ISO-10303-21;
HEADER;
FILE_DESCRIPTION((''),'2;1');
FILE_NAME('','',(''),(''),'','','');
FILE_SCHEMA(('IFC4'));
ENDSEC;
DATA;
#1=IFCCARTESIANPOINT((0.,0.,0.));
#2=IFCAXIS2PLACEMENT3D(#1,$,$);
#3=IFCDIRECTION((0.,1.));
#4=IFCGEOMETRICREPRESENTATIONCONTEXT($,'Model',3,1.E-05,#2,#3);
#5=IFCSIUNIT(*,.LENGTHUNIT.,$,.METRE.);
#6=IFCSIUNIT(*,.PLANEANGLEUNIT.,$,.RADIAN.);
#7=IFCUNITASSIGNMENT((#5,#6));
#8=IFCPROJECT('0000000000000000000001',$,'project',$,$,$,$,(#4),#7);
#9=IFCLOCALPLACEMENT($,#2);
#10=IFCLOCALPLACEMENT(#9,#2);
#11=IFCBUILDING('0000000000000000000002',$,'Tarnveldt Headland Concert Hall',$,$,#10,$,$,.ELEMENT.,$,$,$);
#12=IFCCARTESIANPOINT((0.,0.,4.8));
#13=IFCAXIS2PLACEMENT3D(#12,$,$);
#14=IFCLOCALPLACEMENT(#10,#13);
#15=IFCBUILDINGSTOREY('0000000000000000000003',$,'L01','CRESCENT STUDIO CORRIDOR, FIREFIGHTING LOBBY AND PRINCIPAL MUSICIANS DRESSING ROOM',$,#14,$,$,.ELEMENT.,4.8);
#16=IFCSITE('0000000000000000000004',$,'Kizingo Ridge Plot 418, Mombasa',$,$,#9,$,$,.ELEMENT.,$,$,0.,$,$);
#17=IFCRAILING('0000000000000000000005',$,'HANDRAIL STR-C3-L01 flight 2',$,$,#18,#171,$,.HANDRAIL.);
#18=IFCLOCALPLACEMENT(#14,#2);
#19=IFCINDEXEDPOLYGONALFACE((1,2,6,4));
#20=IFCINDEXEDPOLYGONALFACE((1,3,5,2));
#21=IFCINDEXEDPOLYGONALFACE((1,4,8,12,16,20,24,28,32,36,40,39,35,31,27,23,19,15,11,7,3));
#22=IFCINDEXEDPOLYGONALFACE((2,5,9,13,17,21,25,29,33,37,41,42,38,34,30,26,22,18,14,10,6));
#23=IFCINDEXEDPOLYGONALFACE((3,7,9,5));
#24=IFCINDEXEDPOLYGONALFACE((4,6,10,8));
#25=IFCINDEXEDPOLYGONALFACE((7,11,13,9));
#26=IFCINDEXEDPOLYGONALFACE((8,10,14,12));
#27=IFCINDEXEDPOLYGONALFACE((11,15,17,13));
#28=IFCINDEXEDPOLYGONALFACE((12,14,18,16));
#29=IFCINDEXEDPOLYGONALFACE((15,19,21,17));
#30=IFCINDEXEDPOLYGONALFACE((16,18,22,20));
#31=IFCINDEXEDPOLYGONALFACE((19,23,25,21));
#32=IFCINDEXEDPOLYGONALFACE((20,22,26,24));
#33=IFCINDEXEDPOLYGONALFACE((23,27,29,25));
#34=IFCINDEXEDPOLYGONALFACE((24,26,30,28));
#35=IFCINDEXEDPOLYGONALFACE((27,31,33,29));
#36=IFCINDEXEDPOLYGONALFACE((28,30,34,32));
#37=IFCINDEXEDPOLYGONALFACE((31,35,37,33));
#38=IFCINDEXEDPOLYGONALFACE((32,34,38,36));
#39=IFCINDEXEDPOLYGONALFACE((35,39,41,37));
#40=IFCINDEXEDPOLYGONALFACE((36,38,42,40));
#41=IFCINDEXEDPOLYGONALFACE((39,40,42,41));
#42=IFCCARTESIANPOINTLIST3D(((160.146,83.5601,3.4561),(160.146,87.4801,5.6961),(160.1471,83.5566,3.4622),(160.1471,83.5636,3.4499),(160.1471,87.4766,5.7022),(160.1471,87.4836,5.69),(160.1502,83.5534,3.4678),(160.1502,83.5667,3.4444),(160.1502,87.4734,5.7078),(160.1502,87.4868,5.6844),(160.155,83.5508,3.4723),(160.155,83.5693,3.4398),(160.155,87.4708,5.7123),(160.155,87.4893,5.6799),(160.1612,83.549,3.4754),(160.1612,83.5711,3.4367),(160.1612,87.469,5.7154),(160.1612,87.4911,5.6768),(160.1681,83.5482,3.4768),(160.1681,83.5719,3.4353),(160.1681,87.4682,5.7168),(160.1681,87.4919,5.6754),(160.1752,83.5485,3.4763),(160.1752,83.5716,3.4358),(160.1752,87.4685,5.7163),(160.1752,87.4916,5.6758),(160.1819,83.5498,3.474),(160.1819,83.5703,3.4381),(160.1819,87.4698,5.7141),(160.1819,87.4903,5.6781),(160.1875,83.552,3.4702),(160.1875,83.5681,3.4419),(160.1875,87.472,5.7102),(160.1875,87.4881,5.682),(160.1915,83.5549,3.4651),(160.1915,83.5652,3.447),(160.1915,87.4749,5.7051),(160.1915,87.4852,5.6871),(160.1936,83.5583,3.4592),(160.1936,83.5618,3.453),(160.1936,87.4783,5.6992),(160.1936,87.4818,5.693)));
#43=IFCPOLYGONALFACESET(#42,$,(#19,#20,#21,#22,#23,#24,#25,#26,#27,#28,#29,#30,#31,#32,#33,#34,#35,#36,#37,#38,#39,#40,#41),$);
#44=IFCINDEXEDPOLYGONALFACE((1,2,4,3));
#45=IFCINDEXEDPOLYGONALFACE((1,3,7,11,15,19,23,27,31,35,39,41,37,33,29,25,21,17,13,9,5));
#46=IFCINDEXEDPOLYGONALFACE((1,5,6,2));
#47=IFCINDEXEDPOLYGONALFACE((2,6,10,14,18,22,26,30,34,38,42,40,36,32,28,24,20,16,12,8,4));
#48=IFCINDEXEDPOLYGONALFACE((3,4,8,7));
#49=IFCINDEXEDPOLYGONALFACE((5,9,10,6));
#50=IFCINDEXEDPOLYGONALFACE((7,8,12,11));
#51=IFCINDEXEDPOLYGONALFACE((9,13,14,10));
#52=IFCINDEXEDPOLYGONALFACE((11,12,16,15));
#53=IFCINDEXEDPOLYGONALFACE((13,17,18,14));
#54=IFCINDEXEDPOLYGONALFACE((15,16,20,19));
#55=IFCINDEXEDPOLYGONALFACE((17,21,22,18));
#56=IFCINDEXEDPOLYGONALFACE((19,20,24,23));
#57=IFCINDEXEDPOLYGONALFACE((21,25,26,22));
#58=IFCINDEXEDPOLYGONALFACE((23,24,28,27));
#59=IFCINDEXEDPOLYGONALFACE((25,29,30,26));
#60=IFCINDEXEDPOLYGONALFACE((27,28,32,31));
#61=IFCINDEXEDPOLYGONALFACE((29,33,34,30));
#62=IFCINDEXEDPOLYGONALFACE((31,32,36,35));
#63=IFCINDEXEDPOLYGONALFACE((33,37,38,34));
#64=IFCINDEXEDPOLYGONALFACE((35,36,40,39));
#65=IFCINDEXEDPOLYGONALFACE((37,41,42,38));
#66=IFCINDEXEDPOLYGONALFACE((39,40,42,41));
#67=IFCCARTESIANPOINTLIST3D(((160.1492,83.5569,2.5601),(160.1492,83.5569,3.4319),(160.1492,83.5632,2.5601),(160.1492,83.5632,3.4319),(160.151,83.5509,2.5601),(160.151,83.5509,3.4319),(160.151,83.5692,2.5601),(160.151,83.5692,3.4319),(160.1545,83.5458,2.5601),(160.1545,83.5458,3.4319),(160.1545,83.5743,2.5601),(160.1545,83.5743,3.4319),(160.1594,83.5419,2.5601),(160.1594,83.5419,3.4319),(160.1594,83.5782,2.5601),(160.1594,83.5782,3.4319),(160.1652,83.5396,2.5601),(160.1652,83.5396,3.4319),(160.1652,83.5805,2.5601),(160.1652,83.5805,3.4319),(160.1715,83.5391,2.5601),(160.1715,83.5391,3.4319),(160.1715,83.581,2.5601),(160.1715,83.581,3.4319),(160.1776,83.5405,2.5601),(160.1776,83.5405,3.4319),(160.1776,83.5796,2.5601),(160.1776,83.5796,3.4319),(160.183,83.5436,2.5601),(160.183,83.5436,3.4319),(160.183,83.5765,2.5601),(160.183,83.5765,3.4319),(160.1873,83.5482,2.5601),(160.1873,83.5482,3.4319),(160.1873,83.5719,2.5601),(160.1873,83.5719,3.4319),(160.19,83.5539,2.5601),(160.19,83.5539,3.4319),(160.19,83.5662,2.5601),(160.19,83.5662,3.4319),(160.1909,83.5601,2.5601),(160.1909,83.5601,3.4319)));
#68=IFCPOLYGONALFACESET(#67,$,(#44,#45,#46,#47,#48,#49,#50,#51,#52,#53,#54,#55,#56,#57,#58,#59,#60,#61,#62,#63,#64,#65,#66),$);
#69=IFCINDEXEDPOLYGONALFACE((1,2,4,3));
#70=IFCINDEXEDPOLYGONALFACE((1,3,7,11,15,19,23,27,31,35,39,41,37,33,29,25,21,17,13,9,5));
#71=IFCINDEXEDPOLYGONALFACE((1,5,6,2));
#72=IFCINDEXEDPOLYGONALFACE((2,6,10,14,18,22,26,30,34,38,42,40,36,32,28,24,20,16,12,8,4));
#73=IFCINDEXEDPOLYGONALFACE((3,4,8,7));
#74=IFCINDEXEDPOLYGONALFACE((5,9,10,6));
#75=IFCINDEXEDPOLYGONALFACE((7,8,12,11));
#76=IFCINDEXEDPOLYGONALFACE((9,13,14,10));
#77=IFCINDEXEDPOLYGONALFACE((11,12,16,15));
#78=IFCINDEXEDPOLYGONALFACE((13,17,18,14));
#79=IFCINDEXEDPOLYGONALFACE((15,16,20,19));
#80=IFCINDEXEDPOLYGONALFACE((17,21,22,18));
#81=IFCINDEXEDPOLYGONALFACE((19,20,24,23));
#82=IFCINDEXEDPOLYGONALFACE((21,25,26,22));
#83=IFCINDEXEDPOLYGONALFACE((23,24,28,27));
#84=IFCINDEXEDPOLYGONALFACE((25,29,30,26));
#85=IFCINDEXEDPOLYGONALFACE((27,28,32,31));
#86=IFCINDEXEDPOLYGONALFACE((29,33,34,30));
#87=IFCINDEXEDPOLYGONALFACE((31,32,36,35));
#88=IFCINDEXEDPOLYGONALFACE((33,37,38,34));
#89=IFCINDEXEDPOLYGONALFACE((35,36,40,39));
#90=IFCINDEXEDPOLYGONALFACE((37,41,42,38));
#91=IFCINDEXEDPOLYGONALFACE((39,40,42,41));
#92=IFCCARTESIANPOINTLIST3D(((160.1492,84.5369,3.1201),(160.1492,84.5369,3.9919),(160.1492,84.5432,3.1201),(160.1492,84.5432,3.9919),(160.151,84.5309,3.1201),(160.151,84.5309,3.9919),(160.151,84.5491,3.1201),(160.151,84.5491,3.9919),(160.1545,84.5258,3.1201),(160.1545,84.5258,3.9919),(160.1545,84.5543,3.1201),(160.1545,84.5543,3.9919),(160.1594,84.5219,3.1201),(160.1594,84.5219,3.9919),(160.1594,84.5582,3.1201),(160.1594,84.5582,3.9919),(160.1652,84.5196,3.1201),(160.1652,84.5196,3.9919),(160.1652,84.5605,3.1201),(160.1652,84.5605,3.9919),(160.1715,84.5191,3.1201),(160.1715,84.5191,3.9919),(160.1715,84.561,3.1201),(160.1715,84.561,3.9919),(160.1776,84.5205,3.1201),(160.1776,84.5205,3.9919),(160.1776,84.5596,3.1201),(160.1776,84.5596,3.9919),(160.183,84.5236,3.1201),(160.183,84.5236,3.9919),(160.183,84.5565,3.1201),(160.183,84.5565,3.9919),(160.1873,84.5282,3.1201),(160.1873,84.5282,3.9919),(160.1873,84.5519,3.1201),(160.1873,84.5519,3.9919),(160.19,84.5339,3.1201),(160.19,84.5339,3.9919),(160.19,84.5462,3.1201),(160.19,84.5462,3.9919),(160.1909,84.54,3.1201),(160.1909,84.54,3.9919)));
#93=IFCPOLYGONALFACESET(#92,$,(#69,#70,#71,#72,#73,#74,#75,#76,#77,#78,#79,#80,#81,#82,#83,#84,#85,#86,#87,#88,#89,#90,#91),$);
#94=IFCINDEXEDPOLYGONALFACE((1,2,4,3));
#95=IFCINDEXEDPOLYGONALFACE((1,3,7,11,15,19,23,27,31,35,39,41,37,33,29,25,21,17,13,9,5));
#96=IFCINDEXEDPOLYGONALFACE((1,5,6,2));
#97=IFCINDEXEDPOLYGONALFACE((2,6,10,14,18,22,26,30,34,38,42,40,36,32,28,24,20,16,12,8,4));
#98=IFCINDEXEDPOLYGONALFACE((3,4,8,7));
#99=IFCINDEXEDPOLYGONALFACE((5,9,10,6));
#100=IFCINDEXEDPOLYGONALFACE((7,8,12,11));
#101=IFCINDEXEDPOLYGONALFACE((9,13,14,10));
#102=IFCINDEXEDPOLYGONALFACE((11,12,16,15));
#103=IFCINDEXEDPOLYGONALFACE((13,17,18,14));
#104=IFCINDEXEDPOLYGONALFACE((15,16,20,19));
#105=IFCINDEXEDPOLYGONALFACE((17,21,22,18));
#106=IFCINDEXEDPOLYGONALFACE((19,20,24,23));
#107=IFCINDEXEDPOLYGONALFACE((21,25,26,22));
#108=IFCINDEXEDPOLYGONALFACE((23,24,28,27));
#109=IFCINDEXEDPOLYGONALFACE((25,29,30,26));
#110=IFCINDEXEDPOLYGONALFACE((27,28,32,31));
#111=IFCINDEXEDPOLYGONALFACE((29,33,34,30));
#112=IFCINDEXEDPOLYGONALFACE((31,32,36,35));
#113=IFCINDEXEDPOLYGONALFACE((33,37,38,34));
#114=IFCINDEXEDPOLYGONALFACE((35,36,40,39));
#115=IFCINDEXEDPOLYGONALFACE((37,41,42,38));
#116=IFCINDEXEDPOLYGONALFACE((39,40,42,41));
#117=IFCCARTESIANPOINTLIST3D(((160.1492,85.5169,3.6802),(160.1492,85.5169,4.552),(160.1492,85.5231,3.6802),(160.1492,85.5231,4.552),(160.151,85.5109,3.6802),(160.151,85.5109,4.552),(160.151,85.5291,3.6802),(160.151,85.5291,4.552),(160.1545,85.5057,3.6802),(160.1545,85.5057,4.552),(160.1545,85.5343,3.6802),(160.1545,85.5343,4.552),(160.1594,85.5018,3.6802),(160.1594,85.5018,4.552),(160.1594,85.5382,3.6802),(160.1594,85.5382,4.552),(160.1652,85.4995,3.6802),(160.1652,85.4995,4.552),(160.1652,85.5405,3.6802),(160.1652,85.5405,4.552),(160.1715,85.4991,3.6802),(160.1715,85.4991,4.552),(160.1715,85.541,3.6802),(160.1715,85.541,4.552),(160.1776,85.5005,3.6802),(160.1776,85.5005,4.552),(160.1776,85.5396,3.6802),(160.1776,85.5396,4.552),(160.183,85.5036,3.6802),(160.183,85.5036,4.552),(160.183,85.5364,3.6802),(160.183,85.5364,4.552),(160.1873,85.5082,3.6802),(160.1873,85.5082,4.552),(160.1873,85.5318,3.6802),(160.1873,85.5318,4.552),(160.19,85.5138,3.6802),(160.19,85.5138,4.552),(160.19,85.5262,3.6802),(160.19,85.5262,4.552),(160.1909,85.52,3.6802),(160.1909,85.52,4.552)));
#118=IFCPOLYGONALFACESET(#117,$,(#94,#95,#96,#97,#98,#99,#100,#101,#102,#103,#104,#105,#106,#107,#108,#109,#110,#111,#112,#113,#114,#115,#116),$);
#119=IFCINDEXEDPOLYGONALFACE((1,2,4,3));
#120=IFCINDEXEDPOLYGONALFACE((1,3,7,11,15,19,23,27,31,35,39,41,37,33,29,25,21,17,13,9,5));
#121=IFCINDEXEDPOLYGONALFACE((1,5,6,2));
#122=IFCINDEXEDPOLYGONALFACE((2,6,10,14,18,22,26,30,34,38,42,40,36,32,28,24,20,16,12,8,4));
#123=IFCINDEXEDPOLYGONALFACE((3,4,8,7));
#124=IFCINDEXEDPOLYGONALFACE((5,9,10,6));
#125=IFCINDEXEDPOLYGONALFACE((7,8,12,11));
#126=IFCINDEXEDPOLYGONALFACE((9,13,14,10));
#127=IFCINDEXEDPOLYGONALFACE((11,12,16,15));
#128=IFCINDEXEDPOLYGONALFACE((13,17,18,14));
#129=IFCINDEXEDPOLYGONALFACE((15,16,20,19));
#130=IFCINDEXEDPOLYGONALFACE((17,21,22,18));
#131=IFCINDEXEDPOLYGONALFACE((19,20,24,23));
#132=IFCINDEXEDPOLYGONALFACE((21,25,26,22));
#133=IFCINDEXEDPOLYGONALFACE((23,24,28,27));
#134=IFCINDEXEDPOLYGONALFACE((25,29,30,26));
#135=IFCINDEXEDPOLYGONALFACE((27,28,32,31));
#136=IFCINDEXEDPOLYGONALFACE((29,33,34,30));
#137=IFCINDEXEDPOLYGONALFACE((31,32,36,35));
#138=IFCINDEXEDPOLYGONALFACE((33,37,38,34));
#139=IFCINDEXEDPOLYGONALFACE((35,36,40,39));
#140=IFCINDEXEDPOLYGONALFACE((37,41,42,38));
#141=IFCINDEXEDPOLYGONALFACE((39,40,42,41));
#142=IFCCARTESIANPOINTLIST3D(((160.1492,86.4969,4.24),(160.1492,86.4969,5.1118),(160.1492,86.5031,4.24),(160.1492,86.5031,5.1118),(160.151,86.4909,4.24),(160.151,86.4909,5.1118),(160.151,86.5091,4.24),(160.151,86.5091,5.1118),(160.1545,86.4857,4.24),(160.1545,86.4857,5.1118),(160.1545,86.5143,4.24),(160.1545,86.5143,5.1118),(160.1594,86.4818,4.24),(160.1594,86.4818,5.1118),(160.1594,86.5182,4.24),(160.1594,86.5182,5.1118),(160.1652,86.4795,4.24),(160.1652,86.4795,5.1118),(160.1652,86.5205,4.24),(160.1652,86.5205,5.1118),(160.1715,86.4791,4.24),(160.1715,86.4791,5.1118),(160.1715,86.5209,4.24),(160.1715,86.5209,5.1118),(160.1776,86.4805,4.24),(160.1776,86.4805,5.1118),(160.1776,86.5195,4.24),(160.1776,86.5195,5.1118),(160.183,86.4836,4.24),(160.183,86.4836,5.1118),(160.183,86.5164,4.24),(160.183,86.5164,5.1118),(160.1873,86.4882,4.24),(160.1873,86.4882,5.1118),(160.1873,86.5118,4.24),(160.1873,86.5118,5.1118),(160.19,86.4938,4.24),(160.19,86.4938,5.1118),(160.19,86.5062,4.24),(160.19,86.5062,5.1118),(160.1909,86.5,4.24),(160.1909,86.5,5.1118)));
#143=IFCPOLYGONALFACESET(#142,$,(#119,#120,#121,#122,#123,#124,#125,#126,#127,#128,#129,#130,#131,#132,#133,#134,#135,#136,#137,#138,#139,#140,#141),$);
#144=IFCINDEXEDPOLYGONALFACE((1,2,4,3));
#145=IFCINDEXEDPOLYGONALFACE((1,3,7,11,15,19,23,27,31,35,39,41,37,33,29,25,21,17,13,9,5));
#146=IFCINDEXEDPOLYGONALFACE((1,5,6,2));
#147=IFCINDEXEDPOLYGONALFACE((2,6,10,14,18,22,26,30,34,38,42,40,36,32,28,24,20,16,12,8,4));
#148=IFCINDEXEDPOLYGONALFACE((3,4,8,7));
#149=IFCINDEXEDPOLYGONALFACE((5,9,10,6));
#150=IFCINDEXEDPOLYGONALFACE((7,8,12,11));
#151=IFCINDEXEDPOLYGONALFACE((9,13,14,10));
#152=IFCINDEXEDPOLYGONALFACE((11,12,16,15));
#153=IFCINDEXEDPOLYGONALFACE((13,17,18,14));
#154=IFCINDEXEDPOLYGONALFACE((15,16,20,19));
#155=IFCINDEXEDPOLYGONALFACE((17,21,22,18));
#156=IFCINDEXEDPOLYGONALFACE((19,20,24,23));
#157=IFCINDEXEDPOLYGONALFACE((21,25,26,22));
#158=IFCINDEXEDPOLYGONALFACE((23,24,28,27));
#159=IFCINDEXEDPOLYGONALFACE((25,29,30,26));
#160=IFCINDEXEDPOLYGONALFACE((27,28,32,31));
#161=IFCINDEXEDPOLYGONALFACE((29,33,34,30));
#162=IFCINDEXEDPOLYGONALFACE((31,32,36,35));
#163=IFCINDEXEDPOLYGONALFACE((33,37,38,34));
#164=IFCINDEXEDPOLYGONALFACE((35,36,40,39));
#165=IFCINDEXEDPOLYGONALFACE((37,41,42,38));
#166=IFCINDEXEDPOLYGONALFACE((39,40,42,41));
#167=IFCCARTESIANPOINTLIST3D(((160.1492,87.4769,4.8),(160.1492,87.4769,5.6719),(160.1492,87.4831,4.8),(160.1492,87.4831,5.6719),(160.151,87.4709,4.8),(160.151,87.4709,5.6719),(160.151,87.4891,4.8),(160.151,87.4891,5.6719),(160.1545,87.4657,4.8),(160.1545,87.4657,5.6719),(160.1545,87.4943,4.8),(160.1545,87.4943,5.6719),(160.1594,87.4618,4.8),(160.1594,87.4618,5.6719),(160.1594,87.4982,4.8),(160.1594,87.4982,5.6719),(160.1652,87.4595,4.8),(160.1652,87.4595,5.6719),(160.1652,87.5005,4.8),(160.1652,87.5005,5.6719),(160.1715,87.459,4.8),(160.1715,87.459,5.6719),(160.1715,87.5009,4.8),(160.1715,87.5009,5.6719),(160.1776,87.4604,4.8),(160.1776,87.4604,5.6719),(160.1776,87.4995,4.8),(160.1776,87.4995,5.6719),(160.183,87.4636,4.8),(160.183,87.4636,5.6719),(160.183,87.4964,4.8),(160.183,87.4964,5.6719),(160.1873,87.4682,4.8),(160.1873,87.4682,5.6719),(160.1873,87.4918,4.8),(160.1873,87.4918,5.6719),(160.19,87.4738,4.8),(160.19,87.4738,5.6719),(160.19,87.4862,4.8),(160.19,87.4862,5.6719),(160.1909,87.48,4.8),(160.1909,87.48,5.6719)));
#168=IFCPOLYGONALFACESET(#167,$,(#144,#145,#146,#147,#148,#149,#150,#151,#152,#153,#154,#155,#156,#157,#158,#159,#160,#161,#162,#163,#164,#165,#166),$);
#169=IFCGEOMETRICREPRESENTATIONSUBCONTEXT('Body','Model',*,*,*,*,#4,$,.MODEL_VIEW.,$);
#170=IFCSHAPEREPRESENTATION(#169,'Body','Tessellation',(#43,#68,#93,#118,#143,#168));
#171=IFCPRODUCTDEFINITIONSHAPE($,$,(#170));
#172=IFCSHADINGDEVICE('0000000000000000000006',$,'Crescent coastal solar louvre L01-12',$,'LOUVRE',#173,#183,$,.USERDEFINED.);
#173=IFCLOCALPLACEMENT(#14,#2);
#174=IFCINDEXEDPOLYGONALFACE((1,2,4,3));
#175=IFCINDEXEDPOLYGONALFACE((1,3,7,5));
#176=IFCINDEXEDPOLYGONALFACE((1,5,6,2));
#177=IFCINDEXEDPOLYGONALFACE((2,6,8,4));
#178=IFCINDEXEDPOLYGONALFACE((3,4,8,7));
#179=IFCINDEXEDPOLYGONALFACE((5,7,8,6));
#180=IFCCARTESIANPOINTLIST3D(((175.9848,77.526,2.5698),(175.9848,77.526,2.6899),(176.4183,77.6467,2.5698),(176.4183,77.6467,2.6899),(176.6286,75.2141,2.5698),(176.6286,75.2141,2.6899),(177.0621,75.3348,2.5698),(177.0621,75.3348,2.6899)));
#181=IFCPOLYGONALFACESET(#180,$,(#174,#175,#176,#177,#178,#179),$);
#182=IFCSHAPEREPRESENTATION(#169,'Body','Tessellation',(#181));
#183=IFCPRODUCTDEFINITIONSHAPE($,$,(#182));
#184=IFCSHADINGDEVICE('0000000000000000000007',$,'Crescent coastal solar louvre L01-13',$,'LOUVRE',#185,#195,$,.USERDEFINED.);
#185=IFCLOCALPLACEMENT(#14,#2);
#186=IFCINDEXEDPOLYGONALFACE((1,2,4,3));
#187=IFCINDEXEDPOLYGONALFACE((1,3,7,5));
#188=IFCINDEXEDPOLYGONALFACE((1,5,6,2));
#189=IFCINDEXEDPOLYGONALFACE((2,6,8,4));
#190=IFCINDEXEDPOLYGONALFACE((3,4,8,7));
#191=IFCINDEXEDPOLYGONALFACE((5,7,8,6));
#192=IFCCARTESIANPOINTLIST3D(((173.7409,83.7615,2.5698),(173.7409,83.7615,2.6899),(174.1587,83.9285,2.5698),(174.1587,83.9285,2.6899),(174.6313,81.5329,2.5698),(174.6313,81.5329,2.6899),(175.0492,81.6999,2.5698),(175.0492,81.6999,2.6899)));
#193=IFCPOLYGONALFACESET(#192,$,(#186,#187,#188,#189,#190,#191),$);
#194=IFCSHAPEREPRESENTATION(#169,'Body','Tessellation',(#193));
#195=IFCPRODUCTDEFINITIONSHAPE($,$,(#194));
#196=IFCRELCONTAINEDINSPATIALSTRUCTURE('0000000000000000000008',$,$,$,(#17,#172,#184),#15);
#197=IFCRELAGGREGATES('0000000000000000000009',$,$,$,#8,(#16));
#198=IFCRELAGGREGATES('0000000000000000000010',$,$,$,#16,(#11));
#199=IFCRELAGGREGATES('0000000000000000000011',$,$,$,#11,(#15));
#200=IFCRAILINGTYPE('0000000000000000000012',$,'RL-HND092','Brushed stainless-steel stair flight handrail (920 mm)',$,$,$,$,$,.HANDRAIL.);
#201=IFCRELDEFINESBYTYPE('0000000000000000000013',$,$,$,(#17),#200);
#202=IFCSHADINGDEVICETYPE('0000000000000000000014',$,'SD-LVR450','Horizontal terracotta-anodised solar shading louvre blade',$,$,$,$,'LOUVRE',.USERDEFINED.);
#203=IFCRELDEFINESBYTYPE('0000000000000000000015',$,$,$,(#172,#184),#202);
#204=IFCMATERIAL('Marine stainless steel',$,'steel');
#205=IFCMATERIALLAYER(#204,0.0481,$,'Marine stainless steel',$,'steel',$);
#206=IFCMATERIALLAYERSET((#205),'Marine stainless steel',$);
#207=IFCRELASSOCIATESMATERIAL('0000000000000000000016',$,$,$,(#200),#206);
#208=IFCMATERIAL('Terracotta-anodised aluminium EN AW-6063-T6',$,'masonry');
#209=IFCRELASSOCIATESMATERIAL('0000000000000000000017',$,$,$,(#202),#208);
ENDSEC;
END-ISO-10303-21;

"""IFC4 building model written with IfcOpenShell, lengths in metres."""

from ifc_helpers import new_model, si_unit, direction, frame, origin, origin_2d, place, context, subcontext, project, spatial, rectangle, circle, extrude, material, layer, layer_set, type_object, element, save


model = new_model("IFC4")

# Units and contexts
model_context = context("Model", 3, precision=1e-05, world=origin(), true_north=direction((0.0, 1.0)))
body_context = subcontext(model_context, "Body", "Model", "MODEL_VIEW")
ifc_project = project(units=[si_unit("LENGTHUNIT", "METRE"), si_unit("PLANEANGLEUNIT", "RADIAN")], contexts=[model_context])

# Site, building, storey
site_placement = place(None, origin())
site = spatial("IfcSite", under=ifc_project, at=site_placement, Name="Kizingo Ridge Plot 418, Mombasa", CompositionType="ELEMENT", RefElevation=0.0)
building_placement = place(site_placement, origin())
building = spatial("IfcBuilding", under=site, at=building_placement, Name="Tarnveldt Headland Concert Hall", CompositionType="ELEMENT")
storey_placement = place(building_placement, frame((0.0, 0.0, 4.8)))
storey = spatial("IfcBuildingStorey", under=building, at=storey_placement, Name="L01", Description="CRESCENT STUDIO CORRIDOR, FIREFIGHTING LOBBY AND PRINCIPAL MUSICIANS DRESSING ROOM", CompositionType="ELEMENT", Elevation=4.8)

# Railing
ifc_material_1 = material(Name="Marine stainless steel", Category="steel")
ifc_layer_1 = layer(ifc_material_1, 0.0481, Name="Marine stainless steel", Category="steel")
ifc_layer_set_1 = layer_set([ifc_layer_1], Name="Marine stainless steel")
railing_type_1 = type_object("IfcRailingType", Name="RL-HND092", Description="Brushed stainless-steel stair flight handrail (920 mm)", PredefinedType="HANDRAIL", material=ifc_layer_set_1)
railing_1_placement = place(storey_placement, frame((160.1699, 83.5601, 2.5601)))
element("IfcRailing", 1, at=railing_1_placement, inside=storey, type_object=railing_type_1, Name="HANDRAIL STR-C3-L01 flight 2", PredefinedType="HANDRAIL", context=body_context, shape_type="SweptSolid", body=[
    extrude(circle(Radius=0.0239, at=origin_2d()), frame((0.0, 0.0, 0.896), z_axis=(0.0, 0.86824, 0.496145), x_axis=(-1.0, 0.0, 0.0)), (0.0, 0.0, 1.0), 4.5149),
    extrude(circle(Radius=0.021, at=origin_2d()), origin(), (0.0, 0.0, 1.0), 0.8718),
    extrude(circle(Radius=0.021, at=origin_2d()), frame((0.0, 0.98, 0.5601)), (0.0, 0.0, 1.0), 0.8718),
    extrude(circle(Radius=0.021, at=origin_2d()), frame((0.0, 1.96, 1.1201)), (0.0, 0.0, 1.0), 0.8718),
    extrude(circle(Radius=0.021, at=origin_2d()), frame((0.0, 2.9399, 1.6799)), (0.0, 0.0, 1.0), 0.8718),
    extrude(circle(Radius=0.021, at=origin_2d()), frame((0.0, 3.9199, 2.24)), (0.0, 0.0, 1.0), 0.8718),
])

# Shading devices
ifc_material_2 = material(Name="Terracotta-anodised aluminium EN AW-6063-T6", Category="masonry")
shading_device_type = type_object("IfcShadingDeviceType", Name="SD-LVR450", Description="Horizontal terracotta-anodised solar shading louvre blade", ElementType="LOUVRE", PredefinedType="USERDEFINED", material=ifc_material_2)
for number, where, z_axis, x_axis, name in (
    (2, (176.5234, 76.4304, 2.5698), (0.0, 0.0, 1.0), (0.96335, 0.268247, 0.0), "Crescent coastal solar louvre L01-12"),
    (3, (174.395, 82.7307, 2.5698), (0.0, 0.0, 1.0), (0.928615, 0.371044, 0.0), "Crescent coastal solar louvre L01-13"),
):
    element("IfcShadingDevice", number, at=place(storey_placement, frame(where, z_axis=z_axis, x_axis=x_axis)), inside=storey, type_object=shading_device_type, Name=name, ObjectType="LOUVRE", PredefinedType="USERDEFINED", context=body_context, shape_type="SweptSolid", body=[
        extrude(rectangle(XDim=0.45, YDim=2.3999, at=origin_2d()), origin(), (0.0, 0.0, 1.0), 0.1201),
    ])

save(model, "model.ifc")
